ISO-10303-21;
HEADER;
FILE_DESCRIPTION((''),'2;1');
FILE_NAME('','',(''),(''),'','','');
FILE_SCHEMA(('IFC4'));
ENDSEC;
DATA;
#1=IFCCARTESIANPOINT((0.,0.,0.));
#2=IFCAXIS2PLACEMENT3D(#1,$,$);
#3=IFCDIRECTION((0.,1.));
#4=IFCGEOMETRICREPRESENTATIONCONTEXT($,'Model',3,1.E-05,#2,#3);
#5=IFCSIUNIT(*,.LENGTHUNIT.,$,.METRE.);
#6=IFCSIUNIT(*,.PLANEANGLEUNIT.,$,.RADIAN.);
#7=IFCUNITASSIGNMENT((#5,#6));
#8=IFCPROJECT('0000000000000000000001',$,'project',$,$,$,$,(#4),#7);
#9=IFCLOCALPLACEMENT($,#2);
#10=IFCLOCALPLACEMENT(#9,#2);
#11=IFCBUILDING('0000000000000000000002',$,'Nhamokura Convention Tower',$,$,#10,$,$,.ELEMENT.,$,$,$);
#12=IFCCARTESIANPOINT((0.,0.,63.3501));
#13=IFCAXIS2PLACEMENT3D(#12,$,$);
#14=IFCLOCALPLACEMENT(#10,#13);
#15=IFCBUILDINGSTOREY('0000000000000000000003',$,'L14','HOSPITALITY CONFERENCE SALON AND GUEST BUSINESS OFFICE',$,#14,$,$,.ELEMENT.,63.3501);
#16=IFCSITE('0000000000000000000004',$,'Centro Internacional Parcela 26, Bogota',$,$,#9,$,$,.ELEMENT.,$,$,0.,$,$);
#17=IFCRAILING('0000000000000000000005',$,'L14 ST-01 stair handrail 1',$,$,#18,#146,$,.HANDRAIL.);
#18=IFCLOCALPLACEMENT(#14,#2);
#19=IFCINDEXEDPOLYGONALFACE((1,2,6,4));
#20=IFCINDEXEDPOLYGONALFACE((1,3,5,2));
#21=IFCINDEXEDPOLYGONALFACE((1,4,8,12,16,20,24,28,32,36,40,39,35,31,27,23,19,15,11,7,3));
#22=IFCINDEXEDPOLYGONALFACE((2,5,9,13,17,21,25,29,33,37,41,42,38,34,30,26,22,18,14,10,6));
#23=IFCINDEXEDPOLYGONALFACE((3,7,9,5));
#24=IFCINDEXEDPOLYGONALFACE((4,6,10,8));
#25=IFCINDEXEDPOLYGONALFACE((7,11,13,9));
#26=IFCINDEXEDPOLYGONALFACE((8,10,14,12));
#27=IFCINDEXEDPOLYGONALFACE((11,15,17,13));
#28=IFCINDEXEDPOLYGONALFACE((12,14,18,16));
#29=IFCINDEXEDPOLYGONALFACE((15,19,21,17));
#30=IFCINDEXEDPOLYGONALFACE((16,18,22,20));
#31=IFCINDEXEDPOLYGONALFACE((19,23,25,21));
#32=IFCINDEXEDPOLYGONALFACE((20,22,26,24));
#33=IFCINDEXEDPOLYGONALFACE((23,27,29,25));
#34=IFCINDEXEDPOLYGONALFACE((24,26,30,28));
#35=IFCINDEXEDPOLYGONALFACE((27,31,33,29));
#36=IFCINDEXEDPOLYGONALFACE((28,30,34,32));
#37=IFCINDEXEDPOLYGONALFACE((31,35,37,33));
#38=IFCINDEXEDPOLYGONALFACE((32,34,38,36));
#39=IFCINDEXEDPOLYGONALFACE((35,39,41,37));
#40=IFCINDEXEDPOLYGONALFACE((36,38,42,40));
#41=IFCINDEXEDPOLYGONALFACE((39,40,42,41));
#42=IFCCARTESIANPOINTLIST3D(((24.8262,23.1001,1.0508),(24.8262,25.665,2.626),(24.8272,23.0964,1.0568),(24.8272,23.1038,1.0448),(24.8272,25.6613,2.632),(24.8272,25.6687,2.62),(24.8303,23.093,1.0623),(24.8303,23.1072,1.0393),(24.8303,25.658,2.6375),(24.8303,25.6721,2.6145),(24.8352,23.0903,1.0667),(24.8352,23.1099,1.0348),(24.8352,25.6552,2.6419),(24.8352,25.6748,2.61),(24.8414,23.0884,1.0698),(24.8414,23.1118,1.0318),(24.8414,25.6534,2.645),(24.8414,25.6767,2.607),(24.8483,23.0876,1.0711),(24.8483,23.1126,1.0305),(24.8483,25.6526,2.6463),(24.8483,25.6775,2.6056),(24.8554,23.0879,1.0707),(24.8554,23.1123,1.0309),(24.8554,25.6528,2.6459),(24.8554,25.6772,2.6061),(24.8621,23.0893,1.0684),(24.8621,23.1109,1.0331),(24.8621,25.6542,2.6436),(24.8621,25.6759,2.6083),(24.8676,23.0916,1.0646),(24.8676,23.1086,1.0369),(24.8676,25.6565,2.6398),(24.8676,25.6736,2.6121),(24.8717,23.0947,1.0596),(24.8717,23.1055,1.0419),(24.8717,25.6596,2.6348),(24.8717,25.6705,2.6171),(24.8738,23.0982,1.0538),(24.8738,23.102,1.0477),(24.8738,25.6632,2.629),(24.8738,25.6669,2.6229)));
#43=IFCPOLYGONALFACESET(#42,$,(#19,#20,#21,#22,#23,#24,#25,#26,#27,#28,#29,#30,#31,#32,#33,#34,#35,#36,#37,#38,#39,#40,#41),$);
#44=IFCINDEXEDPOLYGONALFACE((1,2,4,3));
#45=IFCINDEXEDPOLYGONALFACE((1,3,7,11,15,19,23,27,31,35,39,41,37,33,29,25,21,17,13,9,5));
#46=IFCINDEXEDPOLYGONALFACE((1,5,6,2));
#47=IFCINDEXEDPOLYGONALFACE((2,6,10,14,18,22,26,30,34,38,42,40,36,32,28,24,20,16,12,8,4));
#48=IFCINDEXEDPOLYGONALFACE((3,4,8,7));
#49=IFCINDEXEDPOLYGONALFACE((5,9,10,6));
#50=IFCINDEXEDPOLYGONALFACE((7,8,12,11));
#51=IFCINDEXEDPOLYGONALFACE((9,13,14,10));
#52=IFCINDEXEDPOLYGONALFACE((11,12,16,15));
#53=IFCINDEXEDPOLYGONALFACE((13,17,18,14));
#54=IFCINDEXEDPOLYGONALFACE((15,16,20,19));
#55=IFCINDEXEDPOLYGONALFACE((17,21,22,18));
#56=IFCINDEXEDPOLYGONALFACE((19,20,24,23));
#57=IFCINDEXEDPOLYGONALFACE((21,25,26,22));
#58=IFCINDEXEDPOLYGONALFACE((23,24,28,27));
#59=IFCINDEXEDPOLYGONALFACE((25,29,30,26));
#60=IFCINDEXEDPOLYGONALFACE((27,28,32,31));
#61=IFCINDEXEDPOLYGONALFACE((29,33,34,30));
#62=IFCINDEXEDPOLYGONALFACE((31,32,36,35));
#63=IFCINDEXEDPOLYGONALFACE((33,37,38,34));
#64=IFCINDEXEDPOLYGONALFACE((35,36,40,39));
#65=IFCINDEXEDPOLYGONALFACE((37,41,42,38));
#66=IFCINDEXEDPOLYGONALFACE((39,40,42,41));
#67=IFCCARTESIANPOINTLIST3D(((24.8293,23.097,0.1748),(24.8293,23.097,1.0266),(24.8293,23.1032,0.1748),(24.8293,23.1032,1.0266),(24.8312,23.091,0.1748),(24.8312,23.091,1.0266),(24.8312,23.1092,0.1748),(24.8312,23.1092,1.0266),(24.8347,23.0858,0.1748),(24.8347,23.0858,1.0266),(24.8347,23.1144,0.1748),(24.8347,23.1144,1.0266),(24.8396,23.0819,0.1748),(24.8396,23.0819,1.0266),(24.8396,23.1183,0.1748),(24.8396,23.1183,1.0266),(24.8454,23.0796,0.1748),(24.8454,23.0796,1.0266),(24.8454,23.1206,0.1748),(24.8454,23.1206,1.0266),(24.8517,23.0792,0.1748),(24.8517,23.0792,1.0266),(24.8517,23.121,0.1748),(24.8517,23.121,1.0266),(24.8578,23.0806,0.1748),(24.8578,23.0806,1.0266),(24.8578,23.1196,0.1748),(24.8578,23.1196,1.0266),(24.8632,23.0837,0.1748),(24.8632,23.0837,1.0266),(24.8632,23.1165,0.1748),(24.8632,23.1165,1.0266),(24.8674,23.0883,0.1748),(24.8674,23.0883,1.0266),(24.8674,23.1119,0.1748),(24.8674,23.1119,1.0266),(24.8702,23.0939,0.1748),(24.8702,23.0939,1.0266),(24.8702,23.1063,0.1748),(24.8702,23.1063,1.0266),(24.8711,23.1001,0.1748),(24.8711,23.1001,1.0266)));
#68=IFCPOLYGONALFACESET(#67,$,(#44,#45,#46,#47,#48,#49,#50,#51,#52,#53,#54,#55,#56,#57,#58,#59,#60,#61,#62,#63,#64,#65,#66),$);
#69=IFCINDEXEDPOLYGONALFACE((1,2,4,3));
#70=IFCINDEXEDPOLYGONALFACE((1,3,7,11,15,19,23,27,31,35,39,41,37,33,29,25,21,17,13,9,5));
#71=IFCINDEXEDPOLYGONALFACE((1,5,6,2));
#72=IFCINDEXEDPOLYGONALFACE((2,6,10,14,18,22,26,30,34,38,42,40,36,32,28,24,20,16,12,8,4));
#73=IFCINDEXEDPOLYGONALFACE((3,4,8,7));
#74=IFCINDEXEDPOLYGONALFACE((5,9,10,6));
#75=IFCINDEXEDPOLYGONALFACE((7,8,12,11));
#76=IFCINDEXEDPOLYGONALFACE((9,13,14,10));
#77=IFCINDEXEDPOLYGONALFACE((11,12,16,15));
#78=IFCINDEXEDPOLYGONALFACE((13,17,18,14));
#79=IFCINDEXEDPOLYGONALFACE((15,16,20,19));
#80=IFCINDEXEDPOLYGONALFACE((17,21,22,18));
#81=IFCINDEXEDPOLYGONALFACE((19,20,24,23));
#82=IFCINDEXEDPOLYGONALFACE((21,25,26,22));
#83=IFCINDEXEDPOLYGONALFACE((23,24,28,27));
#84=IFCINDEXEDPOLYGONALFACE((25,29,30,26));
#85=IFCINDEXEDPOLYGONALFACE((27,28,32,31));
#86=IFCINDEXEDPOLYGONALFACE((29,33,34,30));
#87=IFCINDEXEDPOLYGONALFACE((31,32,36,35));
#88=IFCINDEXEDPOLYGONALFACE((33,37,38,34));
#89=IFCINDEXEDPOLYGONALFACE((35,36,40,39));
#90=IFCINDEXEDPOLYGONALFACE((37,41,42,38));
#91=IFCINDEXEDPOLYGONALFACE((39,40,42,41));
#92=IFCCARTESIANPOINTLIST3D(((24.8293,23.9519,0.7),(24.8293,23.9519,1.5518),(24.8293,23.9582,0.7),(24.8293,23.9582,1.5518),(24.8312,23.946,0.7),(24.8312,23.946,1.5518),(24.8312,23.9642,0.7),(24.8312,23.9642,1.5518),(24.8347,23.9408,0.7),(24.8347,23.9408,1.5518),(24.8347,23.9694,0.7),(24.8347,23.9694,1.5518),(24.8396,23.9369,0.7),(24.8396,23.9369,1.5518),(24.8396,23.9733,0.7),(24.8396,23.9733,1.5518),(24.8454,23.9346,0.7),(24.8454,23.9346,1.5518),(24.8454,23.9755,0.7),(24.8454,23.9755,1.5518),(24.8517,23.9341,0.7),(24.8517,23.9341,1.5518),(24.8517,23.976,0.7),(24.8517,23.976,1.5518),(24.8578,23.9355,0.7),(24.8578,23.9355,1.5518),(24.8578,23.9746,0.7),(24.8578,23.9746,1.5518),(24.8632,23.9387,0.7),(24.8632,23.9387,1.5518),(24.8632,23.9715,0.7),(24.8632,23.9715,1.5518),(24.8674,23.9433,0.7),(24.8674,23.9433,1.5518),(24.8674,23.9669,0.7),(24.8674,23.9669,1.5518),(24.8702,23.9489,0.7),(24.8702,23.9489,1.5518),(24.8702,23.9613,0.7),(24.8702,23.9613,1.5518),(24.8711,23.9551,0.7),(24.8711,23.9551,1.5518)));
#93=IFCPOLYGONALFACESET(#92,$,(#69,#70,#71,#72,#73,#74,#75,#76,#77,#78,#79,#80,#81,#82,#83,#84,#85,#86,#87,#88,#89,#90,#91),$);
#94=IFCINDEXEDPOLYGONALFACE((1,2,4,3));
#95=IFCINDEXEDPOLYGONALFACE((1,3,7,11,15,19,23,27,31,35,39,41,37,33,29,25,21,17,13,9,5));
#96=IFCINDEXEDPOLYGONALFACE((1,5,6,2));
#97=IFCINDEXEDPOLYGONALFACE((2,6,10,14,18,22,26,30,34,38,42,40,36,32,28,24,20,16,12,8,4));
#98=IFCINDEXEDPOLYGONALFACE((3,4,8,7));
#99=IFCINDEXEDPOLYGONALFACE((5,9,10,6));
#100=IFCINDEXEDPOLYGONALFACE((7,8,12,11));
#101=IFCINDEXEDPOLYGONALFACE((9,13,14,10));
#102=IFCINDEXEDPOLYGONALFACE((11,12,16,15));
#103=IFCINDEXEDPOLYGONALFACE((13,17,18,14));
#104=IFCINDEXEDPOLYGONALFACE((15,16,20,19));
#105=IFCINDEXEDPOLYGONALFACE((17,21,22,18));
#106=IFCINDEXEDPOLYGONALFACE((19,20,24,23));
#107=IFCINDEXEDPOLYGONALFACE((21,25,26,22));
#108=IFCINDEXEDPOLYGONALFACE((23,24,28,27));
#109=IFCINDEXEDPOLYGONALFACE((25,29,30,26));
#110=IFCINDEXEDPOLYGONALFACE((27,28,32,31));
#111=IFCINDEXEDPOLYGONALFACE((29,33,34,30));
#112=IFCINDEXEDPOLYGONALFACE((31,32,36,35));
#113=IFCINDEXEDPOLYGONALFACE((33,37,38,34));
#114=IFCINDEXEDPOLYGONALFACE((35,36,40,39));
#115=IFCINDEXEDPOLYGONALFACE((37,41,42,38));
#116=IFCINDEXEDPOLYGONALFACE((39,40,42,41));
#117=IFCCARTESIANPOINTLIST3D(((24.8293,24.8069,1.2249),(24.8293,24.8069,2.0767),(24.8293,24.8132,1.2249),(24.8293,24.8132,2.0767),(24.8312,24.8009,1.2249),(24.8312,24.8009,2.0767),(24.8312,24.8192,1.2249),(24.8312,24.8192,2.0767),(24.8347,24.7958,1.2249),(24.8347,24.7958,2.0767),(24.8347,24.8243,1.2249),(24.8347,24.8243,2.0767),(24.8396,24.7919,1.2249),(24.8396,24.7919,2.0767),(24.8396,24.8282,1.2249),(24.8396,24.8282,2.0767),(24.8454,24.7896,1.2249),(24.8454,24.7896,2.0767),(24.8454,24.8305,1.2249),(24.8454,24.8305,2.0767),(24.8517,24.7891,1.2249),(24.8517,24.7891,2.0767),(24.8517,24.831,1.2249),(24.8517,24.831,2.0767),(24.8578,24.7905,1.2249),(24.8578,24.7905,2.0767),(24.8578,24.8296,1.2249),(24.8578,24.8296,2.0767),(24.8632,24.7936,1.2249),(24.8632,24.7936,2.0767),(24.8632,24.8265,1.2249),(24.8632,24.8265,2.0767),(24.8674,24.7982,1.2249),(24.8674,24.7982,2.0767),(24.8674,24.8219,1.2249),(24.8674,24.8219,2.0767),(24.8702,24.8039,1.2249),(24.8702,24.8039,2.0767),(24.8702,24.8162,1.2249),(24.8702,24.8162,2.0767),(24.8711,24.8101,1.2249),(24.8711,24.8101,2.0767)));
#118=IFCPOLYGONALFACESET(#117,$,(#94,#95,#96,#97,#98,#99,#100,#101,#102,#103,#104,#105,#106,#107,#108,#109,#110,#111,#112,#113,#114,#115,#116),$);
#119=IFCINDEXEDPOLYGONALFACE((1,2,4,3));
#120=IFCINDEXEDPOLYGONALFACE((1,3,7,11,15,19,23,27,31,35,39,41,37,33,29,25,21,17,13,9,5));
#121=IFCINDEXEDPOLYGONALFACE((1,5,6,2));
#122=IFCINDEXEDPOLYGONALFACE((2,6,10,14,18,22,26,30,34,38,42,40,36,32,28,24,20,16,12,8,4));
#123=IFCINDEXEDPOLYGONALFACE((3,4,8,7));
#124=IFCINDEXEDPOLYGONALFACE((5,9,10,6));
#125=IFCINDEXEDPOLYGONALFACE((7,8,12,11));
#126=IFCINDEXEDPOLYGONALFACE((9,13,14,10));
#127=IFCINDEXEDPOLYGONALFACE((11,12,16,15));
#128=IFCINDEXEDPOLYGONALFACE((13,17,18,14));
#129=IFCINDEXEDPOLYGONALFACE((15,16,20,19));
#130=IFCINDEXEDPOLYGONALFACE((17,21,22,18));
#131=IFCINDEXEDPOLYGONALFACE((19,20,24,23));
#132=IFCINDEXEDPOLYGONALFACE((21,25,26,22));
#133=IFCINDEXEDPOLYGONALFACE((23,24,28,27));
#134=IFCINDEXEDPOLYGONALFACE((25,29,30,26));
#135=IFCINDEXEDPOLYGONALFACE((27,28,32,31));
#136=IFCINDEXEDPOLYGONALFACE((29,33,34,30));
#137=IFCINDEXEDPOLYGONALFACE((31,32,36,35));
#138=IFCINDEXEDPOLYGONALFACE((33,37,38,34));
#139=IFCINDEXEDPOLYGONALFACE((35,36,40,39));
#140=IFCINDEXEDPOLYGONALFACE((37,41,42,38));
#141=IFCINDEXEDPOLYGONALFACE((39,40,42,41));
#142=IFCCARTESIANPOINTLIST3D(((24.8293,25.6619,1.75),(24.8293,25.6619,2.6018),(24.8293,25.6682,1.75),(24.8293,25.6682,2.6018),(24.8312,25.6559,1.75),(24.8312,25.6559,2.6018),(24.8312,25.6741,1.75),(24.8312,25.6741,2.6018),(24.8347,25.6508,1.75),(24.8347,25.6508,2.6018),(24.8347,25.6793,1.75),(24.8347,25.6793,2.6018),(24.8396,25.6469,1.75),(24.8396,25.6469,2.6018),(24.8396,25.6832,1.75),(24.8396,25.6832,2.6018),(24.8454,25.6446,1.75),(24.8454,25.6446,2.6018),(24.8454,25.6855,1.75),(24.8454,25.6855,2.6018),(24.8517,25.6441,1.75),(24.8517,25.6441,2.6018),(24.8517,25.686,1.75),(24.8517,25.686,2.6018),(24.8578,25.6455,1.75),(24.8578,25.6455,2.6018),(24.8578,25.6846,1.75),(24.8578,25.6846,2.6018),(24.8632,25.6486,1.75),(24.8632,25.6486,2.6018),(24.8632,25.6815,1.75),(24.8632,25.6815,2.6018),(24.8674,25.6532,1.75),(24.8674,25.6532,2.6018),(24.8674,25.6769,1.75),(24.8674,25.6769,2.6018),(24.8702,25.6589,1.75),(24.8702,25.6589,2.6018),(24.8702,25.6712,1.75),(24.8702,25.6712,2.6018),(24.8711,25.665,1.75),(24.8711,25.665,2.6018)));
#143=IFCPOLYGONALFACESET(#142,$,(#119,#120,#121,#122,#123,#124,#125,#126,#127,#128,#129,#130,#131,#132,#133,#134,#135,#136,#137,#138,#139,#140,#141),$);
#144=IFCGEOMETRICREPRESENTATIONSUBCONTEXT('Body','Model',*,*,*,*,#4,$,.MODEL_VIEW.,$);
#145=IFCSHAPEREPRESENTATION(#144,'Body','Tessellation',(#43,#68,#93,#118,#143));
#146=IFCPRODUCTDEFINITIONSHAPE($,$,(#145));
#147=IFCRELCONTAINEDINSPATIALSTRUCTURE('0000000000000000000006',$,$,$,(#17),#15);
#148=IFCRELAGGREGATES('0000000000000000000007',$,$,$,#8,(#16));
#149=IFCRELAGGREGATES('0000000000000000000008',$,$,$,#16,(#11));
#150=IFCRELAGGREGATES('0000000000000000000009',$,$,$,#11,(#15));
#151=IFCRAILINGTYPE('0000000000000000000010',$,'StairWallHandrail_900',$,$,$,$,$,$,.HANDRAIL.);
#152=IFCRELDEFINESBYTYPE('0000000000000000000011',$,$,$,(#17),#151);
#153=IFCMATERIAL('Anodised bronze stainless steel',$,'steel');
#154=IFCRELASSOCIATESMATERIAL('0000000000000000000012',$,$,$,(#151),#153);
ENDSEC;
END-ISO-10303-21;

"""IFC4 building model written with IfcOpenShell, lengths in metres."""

from ifc_helpers import new_model, si_unit, direction, frame, origin, origin_2d, place, context, subcontext, project, spatial, circle, extrude, material, type_object, element, save


model = new_model("IFC4")

# Units and contexts
model_context = context("Model", 3, precision=1e-05, world=origin(), true_north=direction((0.0, 1.0)))
body_context = subcontext(model_context, "Body", "Model", "MODEL_VIEW")
ifc_project = project(units=[si_unit("LENGTHUNIT", "METRE"), si_unit("PLANEANGLEUNIT", "RADIAN")], contexts=[model_context])

# Site, building, storey
site_placement = place(None, origin())
site = spatial("IfcSite", under=ifc_project, at=site_placement, Name="Centro Internacional Parcela 26, Bogota", CompositionType="ELEMENT", RefElevation=0.0)
building_placement = place(site_placement, origin())
building = spatial("IfcBuilding", under=site, at=building_placement, Name="Nhamokura Convention Tower", CompositionType="ELEMENT")
storey_placement = place(building_placement, frame((0.0, 0.0, 63.3501)))
storey = spatial("IfcBuildingStorey", under=building, at=storey_placement, Name="L14", Description="HOSPITALITY CONFERENCE SALON AND GUEST BUSINESS OFFICE", CompositionType="ELEMENT", Elevation=63.3501)

# Railing
ifc_material_1 = material(Name="Anodised bronze stainless steel", Category="steel")
railing_type_1 = type_object("IfcRailingType", Name="StairWallHandrail_900", PredefinedType="HANDRAIL", material=ifc_material_1)
railing_1_placement = place(storey_placement, frame((24.8501, 23.1001, 0.1748)))
element("IfcRailing", 1, at=railing_1_placement, inside=storey, type_object=railing_type_1, Name="L14 ST-01 stair handrail 1", PredefinedType="HANDRAIL", context=body_context, shape_type="SweptSolid", body=[
    extrude(circle(Radius=0.0239, at=origin_2d()), frame((0.0, 0.0, 0.876), z_axis=(0.0, 0.852137, 0.523319), x_axis=(-1.0, 0.0, 0.0)), (0.0, 0.0, 1.0), 3.01),
    extrude(circle(Radius=0.021, at=origin_2d()), origin(), (0.0, 0.0, 1.0), 0.8518),
    extrude(circle(Radius=0.021, at=origin_2d()), frame((0.0, 0.855, 0.5251)), (0.0, 0.0, 1.0), 0.8518),
    extrude(circle(Radius=0.021, at=origin_2d()), frame((0.0, 1.71, 1.05)), (0.0, 0.0, 1.0), 0.8518),
    extrude(circle(Radius=0.021, at=origin_2d()), frame((0.0, 2.5649, 1.5752)), (0.0, 0.0, 1.0), 0.8518),
])

save(model, "model.ifc")
